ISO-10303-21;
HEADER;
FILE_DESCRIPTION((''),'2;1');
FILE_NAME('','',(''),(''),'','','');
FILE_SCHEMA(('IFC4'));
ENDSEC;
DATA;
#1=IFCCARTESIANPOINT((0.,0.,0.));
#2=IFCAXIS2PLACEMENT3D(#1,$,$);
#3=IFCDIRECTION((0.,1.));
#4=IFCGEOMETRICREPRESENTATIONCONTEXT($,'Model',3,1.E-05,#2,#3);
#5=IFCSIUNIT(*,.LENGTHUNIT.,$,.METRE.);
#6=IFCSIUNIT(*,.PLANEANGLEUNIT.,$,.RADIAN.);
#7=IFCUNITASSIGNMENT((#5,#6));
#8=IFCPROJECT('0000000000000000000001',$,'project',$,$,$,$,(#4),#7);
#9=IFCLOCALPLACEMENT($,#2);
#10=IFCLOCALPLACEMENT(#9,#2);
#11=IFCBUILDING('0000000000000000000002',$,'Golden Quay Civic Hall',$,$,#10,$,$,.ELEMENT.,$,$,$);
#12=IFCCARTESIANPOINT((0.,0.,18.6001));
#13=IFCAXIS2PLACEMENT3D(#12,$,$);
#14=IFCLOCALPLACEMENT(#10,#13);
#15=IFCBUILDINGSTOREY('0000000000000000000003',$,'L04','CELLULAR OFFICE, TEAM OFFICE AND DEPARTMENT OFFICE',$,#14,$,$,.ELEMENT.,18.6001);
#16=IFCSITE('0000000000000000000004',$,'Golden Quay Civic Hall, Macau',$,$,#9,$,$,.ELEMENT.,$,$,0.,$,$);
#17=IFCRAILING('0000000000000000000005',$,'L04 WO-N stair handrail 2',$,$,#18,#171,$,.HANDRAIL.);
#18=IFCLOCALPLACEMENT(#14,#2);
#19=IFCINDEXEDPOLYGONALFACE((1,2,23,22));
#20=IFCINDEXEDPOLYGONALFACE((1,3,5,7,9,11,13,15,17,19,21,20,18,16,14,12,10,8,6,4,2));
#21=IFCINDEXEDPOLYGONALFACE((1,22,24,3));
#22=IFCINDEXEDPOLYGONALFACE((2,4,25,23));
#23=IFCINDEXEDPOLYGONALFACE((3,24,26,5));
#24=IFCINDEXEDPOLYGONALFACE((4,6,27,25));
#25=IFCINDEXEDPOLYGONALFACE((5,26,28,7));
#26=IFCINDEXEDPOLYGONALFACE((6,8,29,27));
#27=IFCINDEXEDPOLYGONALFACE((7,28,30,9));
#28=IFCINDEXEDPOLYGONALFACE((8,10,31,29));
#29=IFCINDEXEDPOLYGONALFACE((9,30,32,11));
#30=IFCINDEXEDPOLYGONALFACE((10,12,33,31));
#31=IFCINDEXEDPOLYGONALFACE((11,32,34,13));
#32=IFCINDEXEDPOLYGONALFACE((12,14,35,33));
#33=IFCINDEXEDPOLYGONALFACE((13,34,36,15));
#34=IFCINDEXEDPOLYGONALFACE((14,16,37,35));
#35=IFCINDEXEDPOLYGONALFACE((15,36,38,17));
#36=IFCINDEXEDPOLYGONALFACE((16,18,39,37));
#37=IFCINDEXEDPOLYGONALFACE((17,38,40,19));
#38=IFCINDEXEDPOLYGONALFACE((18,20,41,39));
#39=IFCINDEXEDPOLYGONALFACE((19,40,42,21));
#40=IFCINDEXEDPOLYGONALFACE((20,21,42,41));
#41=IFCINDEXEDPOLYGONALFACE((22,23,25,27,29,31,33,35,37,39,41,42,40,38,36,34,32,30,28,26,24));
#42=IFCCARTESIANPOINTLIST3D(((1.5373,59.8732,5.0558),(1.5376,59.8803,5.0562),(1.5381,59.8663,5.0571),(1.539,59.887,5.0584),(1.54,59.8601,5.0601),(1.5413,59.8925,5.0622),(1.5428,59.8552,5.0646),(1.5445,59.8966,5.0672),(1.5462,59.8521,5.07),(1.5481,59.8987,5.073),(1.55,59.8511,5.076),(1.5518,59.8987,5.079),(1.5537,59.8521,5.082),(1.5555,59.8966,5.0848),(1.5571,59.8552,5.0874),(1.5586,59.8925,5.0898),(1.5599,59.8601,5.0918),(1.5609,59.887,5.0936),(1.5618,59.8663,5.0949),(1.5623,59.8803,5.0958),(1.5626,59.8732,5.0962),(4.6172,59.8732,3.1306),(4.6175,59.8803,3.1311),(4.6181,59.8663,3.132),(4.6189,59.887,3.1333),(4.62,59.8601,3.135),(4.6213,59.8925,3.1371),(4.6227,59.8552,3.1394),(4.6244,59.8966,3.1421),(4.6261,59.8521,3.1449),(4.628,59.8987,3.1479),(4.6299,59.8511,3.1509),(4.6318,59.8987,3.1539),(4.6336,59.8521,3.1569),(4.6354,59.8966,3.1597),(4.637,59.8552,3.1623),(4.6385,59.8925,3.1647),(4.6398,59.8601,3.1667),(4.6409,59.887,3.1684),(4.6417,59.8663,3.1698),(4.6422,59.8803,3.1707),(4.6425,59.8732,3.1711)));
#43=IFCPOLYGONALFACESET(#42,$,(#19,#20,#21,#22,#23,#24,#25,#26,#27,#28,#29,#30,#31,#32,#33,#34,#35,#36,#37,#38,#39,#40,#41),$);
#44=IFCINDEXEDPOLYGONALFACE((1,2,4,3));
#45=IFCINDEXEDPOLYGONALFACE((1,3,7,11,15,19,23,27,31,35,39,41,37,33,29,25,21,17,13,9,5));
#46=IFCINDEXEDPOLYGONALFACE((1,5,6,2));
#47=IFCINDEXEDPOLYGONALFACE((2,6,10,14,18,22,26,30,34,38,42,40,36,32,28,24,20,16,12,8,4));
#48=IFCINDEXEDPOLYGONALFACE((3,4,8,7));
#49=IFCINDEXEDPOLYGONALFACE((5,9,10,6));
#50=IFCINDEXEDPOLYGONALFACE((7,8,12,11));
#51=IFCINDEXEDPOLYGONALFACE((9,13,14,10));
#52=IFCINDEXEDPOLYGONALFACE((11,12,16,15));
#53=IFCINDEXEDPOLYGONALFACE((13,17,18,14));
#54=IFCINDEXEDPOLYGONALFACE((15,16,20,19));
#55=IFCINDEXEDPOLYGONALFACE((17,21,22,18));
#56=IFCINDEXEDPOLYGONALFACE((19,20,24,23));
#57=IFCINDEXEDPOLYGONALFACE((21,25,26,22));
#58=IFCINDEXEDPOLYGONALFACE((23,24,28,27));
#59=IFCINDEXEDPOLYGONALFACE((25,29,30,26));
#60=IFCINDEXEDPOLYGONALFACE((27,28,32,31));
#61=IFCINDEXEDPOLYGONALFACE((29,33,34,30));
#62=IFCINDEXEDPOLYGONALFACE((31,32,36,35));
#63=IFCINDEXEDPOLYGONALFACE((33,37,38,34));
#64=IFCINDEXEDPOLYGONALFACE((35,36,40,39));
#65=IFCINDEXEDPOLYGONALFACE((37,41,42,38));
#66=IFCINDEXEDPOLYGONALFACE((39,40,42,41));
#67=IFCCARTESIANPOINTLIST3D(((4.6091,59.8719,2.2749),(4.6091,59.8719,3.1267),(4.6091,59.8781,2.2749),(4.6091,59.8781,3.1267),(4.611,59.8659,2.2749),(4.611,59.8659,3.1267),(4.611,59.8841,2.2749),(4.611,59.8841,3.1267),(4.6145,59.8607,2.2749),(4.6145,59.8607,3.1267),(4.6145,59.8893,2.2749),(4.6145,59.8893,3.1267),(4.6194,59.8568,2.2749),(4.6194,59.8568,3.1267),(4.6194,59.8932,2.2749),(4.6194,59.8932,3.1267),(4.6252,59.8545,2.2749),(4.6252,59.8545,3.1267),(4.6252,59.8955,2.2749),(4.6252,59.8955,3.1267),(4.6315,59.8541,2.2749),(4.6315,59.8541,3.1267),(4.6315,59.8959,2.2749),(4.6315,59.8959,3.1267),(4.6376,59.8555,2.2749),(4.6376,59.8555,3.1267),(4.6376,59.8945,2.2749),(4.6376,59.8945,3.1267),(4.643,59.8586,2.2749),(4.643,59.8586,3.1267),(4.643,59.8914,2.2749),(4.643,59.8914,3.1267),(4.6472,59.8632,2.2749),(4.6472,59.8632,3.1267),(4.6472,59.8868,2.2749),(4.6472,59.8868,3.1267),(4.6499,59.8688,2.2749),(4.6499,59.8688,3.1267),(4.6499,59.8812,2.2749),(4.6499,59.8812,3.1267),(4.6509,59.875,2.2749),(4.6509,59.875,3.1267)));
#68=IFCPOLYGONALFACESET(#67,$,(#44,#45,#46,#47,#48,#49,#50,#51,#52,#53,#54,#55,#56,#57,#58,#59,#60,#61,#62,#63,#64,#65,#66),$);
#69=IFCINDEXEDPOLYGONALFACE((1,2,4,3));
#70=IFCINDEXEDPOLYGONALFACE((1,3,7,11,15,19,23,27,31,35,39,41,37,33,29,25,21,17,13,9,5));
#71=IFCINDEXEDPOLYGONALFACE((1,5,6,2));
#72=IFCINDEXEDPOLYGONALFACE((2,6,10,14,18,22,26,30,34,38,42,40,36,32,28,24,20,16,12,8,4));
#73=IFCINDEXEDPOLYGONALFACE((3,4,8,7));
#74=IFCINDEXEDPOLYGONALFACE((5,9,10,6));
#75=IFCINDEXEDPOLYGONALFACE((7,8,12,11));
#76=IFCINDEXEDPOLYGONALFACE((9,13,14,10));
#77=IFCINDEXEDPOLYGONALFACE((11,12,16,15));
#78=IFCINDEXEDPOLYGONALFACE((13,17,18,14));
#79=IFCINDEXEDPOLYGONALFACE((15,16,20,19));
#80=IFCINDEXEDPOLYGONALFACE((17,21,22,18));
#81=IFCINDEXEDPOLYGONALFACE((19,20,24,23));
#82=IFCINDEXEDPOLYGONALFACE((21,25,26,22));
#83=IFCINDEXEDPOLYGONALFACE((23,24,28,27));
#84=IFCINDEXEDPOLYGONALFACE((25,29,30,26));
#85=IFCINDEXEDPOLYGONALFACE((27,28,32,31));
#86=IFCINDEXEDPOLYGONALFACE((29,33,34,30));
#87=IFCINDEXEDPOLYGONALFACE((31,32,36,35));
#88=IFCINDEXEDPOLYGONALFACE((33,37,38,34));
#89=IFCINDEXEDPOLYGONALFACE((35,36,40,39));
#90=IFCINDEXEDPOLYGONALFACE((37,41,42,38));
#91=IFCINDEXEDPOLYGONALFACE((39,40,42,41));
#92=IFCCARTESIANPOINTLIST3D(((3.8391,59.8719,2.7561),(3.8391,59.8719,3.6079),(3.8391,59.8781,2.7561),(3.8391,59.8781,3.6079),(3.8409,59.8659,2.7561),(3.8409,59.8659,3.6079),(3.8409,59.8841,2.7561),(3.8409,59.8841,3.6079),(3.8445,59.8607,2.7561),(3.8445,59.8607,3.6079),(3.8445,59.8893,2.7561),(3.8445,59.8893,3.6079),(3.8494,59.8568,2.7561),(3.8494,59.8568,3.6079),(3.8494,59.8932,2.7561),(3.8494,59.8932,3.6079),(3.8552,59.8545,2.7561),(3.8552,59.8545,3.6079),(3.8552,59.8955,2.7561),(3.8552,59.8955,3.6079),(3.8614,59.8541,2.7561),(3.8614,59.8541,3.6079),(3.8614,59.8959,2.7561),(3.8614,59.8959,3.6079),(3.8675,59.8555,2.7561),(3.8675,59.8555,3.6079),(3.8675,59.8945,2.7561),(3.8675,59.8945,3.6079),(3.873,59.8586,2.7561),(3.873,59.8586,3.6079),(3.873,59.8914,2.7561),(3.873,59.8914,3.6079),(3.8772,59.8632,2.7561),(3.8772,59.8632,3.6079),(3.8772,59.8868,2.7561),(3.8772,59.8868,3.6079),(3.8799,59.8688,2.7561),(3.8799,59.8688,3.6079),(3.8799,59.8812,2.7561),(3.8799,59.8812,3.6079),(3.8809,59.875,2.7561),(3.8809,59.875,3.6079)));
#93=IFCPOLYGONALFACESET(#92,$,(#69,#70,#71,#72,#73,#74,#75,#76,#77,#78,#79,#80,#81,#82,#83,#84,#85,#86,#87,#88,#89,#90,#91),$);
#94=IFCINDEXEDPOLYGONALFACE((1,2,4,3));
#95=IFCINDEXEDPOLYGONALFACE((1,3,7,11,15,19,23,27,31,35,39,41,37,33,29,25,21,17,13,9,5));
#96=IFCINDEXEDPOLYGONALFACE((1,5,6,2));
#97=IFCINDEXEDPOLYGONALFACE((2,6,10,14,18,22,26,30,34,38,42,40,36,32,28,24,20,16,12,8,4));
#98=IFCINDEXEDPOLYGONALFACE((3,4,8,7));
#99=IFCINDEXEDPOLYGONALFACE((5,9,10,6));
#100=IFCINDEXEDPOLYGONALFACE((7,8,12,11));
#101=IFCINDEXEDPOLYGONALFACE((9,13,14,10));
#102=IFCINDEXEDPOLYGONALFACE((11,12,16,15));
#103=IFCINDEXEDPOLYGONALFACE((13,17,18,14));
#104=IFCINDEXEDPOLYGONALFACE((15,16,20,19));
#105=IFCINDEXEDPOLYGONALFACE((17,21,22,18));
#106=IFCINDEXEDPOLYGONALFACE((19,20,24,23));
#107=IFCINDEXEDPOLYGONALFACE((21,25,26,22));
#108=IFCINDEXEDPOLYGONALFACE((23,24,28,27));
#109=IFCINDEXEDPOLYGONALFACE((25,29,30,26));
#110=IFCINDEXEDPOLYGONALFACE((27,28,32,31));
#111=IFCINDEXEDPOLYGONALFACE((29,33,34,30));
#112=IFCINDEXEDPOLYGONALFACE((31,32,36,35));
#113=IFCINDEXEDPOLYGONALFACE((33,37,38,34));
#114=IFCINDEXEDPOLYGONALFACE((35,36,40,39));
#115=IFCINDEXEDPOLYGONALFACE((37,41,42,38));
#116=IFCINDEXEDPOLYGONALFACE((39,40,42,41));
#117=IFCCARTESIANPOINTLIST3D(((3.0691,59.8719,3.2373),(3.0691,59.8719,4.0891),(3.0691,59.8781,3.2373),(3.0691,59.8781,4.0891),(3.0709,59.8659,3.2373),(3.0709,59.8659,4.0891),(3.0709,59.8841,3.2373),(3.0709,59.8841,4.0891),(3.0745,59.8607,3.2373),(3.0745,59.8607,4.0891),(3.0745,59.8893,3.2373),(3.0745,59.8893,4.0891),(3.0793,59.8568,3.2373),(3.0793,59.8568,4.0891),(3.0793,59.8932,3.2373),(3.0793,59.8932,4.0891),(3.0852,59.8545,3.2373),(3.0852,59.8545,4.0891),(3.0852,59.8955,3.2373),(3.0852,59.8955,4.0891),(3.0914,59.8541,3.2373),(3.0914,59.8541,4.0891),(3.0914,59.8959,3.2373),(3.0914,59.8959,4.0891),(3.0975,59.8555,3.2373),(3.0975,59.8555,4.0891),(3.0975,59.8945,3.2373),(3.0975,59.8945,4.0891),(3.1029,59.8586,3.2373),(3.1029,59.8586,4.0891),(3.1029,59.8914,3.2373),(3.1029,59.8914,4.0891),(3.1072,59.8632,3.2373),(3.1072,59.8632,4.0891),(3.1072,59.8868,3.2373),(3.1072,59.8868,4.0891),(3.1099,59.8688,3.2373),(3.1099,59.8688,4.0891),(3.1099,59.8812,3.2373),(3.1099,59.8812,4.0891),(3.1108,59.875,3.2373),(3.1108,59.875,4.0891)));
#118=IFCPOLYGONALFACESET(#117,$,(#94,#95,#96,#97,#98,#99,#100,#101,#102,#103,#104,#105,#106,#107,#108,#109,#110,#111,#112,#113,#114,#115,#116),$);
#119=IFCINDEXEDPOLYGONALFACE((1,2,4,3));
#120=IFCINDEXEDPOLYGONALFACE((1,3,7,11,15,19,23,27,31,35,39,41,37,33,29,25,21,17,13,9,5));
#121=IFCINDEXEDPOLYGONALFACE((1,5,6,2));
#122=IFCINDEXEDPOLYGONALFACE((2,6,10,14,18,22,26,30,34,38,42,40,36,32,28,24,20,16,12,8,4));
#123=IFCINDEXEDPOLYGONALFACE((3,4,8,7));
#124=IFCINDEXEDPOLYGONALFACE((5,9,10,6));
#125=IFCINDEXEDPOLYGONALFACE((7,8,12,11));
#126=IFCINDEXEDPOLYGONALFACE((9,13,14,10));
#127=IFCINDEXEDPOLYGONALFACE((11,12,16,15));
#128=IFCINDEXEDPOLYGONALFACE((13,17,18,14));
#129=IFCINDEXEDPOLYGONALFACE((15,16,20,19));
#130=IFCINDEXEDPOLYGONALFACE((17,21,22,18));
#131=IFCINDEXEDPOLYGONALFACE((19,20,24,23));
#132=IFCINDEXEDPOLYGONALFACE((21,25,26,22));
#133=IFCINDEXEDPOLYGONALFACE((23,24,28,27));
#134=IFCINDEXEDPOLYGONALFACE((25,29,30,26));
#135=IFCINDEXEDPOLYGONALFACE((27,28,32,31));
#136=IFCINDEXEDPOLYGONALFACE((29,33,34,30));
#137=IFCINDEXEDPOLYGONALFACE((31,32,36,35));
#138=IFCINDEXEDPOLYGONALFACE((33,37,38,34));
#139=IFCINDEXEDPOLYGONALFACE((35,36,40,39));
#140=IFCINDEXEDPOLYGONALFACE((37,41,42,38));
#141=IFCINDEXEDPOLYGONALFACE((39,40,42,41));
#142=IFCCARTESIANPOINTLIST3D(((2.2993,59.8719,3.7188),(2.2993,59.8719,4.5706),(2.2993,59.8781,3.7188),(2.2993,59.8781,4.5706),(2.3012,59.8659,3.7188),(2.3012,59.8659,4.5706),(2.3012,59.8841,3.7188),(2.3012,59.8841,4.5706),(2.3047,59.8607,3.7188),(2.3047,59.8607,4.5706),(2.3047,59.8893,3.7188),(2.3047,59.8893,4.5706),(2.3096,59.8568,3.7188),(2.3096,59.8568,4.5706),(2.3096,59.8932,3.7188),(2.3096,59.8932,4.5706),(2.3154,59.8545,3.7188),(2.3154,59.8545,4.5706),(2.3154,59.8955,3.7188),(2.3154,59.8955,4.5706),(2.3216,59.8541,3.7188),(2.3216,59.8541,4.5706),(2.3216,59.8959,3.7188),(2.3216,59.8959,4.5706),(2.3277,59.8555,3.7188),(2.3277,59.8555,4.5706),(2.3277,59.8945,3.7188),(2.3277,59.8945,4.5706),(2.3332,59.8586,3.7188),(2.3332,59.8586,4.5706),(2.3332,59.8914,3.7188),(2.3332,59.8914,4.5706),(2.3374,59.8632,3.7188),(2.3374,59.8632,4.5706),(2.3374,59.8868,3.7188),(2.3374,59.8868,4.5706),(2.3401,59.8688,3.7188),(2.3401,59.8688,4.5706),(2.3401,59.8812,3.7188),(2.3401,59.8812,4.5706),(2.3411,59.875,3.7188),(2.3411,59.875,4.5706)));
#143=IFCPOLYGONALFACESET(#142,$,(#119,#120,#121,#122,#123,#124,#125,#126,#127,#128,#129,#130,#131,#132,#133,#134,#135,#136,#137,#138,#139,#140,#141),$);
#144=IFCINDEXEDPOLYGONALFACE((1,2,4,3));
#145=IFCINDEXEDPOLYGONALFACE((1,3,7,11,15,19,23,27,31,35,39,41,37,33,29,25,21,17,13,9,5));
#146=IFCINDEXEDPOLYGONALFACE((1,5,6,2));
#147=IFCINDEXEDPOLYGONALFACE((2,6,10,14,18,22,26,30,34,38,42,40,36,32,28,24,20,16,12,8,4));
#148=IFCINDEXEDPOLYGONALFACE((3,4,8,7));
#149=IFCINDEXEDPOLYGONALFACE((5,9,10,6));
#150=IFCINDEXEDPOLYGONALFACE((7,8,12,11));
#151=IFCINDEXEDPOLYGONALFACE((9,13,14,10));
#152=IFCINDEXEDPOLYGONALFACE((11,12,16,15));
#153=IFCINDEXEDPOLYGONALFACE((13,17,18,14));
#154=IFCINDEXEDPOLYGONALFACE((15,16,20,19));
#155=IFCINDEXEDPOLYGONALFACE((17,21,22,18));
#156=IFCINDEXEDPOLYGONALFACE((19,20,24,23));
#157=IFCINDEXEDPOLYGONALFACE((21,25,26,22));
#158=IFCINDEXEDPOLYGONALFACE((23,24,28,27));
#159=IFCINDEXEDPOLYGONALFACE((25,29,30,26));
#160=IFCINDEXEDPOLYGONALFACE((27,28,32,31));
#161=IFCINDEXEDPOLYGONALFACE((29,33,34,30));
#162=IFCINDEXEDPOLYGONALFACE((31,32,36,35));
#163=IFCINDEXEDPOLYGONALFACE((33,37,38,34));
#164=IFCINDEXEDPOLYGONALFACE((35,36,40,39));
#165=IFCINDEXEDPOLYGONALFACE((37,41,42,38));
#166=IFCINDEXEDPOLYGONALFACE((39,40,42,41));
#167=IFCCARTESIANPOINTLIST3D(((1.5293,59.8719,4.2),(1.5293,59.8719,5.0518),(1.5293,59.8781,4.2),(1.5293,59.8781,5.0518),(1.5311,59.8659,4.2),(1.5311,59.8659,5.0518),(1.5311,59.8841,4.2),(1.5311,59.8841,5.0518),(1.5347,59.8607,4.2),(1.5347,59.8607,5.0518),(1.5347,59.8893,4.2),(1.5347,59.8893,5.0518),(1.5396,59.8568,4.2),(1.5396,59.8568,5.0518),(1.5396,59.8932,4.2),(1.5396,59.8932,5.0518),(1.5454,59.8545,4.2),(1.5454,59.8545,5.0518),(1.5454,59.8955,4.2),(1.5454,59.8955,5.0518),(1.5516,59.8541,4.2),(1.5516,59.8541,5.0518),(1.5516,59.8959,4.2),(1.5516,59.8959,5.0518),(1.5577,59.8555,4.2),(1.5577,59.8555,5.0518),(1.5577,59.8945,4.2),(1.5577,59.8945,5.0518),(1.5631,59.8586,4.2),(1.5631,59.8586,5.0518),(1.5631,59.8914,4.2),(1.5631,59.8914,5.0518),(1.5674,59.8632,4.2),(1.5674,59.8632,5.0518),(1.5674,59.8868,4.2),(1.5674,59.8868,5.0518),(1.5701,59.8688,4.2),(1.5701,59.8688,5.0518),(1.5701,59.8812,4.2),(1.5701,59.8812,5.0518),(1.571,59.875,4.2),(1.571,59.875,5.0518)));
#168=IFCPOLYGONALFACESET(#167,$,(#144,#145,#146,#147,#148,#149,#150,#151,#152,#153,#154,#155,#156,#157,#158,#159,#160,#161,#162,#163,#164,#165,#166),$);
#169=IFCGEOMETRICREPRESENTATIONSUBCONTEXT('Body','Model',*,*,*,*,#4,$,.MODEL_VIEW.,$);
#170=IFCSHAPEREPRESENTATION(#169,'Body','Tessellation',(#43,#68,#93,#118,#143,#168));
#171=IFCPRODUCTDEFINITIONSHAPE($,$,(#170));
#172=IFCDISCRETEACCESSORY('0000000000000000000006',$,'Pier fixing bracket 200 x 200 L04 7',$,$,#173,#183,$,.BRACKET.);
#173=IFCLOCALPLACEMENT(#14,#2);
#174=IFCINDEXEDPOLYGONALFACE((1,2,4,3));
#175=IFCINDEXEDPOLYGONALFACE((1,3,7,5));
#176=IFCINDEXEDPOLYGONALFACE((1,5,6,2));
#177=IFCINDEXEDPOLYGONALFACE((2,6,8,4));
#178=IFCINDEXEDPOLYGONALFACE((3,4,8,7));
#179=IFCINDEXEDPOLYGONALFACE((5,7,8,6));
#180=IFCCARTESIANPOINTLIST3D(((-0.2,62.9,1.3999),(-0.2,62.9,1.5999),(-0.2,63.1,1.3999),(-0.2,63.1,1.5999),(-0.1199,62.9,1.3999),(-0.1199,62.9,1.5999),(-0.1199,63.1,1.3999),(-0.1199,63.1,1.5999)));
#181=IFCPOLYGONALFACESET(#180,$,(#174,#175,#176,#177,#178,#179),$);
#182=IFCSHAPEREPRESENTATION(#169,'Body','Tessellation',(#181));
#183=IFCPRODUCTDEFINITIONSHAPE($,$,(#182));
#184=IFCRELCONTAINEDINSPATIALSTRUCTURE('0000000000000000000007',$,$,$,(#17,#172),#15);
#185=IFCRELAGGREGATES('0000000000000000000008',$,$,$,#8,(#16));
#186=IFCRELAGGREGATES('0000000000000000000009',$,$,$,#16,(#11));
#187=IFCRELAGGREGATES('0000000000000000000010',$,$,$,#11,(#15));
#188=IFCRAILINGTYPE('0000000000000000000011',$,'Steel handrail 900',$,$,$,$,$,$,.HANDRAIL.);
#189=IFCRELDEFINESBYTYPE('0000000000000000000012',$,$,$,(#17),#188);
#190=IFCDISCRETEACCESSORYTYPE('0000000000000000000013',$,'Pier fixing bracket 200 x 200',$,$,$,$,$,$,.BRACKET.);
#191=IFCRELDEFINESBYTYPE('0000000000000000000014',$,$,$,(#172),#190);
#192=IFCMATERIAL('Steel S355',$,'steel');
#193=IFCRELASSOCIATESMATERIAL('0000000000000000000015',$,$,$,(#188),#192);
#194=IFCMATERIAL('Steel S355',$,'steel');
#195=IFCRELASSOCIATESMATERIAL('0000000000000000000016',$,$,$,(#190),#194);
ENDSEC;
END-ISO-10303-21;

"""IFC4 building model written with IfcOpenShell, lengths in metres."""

from ifc_helpers import new_model, si_unit, direction, frame, origin, origin_2d, place, context, subcontext, project, spatial, rectangle, circle, extrude, material, type_object, element, save


model = new_model("IFC4")

# Units and contexts
model_context = context("Model", 3, precision=1e-05, world=origin(), true_north=direction((0.0, 1.0)))
body_context = subcontext(model_context, "Body", "Model", "MODEL_VIEW")
ifc_project = project(units=[si_unit("LENGTHUNIT", "METRE"), si_unit("PLANEANGLEUNIT", "RADIAN")], contexts=[model_context])

# Site, building, storey
site_placement = place(None, origin())
site = spatial("IfcSite", under=ifc_project, at=site_placement, Name="Golden Quay Civic Hall, Macau", CompositionType="ELEMENT", RefElevation=0.0)
building_placement = place(site_placement, origin())
building = spatial("IfcBuilding", under=site, at=building_placement, Name="Golden Quay Civic Hall", CompositionType="ELEMENT")
storey_placement = place(building_placement, frame((0.0, 0.0, 18.6001)))
storey = spatial("IfcBuildingStorey", under=building, at=storey_placement, Name="L04", Description="CELLULAR OFFICE, TEAM OFFICE AND DEPARTMENT OFFICE", CompositionType="ELEMENT", Elevation=18.6001)

# Railing
ifc_material_1 = material(Name="Steel S355", Category="steel")
railing_type_1 = type_object("IfcRailingType", Name="Steel handrail 900", PredefinedType="HANDRAIL", material=ifc_material_1)
railing_1_placement = place(storey_placement, frame((4.6299, 59.875, 2.2749)))
element("IfcRailing", 1, at=railing_1_placement, inside=storey, type_object=railing_type_1, Name="L04 WO-N stair handrail 2", PredefinedType="HANDRAIL", context=body_context, shape_type="SweptSolid", body=[
    extrude(circle(Radius=0.0239, at=origin_2d()), frame((0.0, 0.0, 0.876), z_axis=(-0.847979, 0.0, 0.530029), x_axis=(0.0, -1.0, 0.0)), (0.0, 0.0, 1.0), 3.6321),
    extrude(circle(Radius=0.021, at=origin_2d()), origin(), (0.0, 0.0, 1.0), 0.8518),
    extrude(circle(Radius=0.021, at=origin_2d()), frame((-0.77, 0.0, 0.4812)), (0.0, 0.0, 1.0), 0.8518),
    extrude(circle(Radius=0.021, at=origin_2d()), frame((-1.54, 0.0, 0.9624)), (0.0, 0.0, 1.0), 0.8518),
    extrude(circle(Radius=0.021, at=origin_2d()), frame((-2.3098, 0.0, 1.4438)), (0.0, 0.0, 1.0), 0.8518),
    extrude(circle(Radius=0.021, at=origin_2d()), frame((-3.0798, 0.0, 1.925)), (0.0, 0.0, 1.0), 0.8518),
])

# Discrete accessory
ifc_material_2 = material(Name="Steel S355", Category="steel")
discrete_accessory_type = type_object("IfcDiscreteAccessoryType", Name="Pier fixing bracket 200 x 200", PredefinedType="BRACKET", material=ifc_material_2)
discrete_accessory_placement = place(storey_placement, frame((-0.1599, 63.0, 1.3999), z_axis=(0.0, 0.0, 1.0), x_axis=(0.0, -1.0, 0.0)))
element("IfcDiscreteAccessory", 2, at=discrete_accessory_placement, inside=storey, type_object=discrete_accessory_type, Name="Pier fixing bracket 200 x 200 L04 7", PredefinedType="BRACKET", context=body_context, shape_type="SweptSolid", body=[
    extrude(rectangle(XDim=0.2, YDim=0.0801, at=origin_2d()), origin(), (0.0, 0.0, 1.0), 0.2),
])

save(model, "model.ifc")
